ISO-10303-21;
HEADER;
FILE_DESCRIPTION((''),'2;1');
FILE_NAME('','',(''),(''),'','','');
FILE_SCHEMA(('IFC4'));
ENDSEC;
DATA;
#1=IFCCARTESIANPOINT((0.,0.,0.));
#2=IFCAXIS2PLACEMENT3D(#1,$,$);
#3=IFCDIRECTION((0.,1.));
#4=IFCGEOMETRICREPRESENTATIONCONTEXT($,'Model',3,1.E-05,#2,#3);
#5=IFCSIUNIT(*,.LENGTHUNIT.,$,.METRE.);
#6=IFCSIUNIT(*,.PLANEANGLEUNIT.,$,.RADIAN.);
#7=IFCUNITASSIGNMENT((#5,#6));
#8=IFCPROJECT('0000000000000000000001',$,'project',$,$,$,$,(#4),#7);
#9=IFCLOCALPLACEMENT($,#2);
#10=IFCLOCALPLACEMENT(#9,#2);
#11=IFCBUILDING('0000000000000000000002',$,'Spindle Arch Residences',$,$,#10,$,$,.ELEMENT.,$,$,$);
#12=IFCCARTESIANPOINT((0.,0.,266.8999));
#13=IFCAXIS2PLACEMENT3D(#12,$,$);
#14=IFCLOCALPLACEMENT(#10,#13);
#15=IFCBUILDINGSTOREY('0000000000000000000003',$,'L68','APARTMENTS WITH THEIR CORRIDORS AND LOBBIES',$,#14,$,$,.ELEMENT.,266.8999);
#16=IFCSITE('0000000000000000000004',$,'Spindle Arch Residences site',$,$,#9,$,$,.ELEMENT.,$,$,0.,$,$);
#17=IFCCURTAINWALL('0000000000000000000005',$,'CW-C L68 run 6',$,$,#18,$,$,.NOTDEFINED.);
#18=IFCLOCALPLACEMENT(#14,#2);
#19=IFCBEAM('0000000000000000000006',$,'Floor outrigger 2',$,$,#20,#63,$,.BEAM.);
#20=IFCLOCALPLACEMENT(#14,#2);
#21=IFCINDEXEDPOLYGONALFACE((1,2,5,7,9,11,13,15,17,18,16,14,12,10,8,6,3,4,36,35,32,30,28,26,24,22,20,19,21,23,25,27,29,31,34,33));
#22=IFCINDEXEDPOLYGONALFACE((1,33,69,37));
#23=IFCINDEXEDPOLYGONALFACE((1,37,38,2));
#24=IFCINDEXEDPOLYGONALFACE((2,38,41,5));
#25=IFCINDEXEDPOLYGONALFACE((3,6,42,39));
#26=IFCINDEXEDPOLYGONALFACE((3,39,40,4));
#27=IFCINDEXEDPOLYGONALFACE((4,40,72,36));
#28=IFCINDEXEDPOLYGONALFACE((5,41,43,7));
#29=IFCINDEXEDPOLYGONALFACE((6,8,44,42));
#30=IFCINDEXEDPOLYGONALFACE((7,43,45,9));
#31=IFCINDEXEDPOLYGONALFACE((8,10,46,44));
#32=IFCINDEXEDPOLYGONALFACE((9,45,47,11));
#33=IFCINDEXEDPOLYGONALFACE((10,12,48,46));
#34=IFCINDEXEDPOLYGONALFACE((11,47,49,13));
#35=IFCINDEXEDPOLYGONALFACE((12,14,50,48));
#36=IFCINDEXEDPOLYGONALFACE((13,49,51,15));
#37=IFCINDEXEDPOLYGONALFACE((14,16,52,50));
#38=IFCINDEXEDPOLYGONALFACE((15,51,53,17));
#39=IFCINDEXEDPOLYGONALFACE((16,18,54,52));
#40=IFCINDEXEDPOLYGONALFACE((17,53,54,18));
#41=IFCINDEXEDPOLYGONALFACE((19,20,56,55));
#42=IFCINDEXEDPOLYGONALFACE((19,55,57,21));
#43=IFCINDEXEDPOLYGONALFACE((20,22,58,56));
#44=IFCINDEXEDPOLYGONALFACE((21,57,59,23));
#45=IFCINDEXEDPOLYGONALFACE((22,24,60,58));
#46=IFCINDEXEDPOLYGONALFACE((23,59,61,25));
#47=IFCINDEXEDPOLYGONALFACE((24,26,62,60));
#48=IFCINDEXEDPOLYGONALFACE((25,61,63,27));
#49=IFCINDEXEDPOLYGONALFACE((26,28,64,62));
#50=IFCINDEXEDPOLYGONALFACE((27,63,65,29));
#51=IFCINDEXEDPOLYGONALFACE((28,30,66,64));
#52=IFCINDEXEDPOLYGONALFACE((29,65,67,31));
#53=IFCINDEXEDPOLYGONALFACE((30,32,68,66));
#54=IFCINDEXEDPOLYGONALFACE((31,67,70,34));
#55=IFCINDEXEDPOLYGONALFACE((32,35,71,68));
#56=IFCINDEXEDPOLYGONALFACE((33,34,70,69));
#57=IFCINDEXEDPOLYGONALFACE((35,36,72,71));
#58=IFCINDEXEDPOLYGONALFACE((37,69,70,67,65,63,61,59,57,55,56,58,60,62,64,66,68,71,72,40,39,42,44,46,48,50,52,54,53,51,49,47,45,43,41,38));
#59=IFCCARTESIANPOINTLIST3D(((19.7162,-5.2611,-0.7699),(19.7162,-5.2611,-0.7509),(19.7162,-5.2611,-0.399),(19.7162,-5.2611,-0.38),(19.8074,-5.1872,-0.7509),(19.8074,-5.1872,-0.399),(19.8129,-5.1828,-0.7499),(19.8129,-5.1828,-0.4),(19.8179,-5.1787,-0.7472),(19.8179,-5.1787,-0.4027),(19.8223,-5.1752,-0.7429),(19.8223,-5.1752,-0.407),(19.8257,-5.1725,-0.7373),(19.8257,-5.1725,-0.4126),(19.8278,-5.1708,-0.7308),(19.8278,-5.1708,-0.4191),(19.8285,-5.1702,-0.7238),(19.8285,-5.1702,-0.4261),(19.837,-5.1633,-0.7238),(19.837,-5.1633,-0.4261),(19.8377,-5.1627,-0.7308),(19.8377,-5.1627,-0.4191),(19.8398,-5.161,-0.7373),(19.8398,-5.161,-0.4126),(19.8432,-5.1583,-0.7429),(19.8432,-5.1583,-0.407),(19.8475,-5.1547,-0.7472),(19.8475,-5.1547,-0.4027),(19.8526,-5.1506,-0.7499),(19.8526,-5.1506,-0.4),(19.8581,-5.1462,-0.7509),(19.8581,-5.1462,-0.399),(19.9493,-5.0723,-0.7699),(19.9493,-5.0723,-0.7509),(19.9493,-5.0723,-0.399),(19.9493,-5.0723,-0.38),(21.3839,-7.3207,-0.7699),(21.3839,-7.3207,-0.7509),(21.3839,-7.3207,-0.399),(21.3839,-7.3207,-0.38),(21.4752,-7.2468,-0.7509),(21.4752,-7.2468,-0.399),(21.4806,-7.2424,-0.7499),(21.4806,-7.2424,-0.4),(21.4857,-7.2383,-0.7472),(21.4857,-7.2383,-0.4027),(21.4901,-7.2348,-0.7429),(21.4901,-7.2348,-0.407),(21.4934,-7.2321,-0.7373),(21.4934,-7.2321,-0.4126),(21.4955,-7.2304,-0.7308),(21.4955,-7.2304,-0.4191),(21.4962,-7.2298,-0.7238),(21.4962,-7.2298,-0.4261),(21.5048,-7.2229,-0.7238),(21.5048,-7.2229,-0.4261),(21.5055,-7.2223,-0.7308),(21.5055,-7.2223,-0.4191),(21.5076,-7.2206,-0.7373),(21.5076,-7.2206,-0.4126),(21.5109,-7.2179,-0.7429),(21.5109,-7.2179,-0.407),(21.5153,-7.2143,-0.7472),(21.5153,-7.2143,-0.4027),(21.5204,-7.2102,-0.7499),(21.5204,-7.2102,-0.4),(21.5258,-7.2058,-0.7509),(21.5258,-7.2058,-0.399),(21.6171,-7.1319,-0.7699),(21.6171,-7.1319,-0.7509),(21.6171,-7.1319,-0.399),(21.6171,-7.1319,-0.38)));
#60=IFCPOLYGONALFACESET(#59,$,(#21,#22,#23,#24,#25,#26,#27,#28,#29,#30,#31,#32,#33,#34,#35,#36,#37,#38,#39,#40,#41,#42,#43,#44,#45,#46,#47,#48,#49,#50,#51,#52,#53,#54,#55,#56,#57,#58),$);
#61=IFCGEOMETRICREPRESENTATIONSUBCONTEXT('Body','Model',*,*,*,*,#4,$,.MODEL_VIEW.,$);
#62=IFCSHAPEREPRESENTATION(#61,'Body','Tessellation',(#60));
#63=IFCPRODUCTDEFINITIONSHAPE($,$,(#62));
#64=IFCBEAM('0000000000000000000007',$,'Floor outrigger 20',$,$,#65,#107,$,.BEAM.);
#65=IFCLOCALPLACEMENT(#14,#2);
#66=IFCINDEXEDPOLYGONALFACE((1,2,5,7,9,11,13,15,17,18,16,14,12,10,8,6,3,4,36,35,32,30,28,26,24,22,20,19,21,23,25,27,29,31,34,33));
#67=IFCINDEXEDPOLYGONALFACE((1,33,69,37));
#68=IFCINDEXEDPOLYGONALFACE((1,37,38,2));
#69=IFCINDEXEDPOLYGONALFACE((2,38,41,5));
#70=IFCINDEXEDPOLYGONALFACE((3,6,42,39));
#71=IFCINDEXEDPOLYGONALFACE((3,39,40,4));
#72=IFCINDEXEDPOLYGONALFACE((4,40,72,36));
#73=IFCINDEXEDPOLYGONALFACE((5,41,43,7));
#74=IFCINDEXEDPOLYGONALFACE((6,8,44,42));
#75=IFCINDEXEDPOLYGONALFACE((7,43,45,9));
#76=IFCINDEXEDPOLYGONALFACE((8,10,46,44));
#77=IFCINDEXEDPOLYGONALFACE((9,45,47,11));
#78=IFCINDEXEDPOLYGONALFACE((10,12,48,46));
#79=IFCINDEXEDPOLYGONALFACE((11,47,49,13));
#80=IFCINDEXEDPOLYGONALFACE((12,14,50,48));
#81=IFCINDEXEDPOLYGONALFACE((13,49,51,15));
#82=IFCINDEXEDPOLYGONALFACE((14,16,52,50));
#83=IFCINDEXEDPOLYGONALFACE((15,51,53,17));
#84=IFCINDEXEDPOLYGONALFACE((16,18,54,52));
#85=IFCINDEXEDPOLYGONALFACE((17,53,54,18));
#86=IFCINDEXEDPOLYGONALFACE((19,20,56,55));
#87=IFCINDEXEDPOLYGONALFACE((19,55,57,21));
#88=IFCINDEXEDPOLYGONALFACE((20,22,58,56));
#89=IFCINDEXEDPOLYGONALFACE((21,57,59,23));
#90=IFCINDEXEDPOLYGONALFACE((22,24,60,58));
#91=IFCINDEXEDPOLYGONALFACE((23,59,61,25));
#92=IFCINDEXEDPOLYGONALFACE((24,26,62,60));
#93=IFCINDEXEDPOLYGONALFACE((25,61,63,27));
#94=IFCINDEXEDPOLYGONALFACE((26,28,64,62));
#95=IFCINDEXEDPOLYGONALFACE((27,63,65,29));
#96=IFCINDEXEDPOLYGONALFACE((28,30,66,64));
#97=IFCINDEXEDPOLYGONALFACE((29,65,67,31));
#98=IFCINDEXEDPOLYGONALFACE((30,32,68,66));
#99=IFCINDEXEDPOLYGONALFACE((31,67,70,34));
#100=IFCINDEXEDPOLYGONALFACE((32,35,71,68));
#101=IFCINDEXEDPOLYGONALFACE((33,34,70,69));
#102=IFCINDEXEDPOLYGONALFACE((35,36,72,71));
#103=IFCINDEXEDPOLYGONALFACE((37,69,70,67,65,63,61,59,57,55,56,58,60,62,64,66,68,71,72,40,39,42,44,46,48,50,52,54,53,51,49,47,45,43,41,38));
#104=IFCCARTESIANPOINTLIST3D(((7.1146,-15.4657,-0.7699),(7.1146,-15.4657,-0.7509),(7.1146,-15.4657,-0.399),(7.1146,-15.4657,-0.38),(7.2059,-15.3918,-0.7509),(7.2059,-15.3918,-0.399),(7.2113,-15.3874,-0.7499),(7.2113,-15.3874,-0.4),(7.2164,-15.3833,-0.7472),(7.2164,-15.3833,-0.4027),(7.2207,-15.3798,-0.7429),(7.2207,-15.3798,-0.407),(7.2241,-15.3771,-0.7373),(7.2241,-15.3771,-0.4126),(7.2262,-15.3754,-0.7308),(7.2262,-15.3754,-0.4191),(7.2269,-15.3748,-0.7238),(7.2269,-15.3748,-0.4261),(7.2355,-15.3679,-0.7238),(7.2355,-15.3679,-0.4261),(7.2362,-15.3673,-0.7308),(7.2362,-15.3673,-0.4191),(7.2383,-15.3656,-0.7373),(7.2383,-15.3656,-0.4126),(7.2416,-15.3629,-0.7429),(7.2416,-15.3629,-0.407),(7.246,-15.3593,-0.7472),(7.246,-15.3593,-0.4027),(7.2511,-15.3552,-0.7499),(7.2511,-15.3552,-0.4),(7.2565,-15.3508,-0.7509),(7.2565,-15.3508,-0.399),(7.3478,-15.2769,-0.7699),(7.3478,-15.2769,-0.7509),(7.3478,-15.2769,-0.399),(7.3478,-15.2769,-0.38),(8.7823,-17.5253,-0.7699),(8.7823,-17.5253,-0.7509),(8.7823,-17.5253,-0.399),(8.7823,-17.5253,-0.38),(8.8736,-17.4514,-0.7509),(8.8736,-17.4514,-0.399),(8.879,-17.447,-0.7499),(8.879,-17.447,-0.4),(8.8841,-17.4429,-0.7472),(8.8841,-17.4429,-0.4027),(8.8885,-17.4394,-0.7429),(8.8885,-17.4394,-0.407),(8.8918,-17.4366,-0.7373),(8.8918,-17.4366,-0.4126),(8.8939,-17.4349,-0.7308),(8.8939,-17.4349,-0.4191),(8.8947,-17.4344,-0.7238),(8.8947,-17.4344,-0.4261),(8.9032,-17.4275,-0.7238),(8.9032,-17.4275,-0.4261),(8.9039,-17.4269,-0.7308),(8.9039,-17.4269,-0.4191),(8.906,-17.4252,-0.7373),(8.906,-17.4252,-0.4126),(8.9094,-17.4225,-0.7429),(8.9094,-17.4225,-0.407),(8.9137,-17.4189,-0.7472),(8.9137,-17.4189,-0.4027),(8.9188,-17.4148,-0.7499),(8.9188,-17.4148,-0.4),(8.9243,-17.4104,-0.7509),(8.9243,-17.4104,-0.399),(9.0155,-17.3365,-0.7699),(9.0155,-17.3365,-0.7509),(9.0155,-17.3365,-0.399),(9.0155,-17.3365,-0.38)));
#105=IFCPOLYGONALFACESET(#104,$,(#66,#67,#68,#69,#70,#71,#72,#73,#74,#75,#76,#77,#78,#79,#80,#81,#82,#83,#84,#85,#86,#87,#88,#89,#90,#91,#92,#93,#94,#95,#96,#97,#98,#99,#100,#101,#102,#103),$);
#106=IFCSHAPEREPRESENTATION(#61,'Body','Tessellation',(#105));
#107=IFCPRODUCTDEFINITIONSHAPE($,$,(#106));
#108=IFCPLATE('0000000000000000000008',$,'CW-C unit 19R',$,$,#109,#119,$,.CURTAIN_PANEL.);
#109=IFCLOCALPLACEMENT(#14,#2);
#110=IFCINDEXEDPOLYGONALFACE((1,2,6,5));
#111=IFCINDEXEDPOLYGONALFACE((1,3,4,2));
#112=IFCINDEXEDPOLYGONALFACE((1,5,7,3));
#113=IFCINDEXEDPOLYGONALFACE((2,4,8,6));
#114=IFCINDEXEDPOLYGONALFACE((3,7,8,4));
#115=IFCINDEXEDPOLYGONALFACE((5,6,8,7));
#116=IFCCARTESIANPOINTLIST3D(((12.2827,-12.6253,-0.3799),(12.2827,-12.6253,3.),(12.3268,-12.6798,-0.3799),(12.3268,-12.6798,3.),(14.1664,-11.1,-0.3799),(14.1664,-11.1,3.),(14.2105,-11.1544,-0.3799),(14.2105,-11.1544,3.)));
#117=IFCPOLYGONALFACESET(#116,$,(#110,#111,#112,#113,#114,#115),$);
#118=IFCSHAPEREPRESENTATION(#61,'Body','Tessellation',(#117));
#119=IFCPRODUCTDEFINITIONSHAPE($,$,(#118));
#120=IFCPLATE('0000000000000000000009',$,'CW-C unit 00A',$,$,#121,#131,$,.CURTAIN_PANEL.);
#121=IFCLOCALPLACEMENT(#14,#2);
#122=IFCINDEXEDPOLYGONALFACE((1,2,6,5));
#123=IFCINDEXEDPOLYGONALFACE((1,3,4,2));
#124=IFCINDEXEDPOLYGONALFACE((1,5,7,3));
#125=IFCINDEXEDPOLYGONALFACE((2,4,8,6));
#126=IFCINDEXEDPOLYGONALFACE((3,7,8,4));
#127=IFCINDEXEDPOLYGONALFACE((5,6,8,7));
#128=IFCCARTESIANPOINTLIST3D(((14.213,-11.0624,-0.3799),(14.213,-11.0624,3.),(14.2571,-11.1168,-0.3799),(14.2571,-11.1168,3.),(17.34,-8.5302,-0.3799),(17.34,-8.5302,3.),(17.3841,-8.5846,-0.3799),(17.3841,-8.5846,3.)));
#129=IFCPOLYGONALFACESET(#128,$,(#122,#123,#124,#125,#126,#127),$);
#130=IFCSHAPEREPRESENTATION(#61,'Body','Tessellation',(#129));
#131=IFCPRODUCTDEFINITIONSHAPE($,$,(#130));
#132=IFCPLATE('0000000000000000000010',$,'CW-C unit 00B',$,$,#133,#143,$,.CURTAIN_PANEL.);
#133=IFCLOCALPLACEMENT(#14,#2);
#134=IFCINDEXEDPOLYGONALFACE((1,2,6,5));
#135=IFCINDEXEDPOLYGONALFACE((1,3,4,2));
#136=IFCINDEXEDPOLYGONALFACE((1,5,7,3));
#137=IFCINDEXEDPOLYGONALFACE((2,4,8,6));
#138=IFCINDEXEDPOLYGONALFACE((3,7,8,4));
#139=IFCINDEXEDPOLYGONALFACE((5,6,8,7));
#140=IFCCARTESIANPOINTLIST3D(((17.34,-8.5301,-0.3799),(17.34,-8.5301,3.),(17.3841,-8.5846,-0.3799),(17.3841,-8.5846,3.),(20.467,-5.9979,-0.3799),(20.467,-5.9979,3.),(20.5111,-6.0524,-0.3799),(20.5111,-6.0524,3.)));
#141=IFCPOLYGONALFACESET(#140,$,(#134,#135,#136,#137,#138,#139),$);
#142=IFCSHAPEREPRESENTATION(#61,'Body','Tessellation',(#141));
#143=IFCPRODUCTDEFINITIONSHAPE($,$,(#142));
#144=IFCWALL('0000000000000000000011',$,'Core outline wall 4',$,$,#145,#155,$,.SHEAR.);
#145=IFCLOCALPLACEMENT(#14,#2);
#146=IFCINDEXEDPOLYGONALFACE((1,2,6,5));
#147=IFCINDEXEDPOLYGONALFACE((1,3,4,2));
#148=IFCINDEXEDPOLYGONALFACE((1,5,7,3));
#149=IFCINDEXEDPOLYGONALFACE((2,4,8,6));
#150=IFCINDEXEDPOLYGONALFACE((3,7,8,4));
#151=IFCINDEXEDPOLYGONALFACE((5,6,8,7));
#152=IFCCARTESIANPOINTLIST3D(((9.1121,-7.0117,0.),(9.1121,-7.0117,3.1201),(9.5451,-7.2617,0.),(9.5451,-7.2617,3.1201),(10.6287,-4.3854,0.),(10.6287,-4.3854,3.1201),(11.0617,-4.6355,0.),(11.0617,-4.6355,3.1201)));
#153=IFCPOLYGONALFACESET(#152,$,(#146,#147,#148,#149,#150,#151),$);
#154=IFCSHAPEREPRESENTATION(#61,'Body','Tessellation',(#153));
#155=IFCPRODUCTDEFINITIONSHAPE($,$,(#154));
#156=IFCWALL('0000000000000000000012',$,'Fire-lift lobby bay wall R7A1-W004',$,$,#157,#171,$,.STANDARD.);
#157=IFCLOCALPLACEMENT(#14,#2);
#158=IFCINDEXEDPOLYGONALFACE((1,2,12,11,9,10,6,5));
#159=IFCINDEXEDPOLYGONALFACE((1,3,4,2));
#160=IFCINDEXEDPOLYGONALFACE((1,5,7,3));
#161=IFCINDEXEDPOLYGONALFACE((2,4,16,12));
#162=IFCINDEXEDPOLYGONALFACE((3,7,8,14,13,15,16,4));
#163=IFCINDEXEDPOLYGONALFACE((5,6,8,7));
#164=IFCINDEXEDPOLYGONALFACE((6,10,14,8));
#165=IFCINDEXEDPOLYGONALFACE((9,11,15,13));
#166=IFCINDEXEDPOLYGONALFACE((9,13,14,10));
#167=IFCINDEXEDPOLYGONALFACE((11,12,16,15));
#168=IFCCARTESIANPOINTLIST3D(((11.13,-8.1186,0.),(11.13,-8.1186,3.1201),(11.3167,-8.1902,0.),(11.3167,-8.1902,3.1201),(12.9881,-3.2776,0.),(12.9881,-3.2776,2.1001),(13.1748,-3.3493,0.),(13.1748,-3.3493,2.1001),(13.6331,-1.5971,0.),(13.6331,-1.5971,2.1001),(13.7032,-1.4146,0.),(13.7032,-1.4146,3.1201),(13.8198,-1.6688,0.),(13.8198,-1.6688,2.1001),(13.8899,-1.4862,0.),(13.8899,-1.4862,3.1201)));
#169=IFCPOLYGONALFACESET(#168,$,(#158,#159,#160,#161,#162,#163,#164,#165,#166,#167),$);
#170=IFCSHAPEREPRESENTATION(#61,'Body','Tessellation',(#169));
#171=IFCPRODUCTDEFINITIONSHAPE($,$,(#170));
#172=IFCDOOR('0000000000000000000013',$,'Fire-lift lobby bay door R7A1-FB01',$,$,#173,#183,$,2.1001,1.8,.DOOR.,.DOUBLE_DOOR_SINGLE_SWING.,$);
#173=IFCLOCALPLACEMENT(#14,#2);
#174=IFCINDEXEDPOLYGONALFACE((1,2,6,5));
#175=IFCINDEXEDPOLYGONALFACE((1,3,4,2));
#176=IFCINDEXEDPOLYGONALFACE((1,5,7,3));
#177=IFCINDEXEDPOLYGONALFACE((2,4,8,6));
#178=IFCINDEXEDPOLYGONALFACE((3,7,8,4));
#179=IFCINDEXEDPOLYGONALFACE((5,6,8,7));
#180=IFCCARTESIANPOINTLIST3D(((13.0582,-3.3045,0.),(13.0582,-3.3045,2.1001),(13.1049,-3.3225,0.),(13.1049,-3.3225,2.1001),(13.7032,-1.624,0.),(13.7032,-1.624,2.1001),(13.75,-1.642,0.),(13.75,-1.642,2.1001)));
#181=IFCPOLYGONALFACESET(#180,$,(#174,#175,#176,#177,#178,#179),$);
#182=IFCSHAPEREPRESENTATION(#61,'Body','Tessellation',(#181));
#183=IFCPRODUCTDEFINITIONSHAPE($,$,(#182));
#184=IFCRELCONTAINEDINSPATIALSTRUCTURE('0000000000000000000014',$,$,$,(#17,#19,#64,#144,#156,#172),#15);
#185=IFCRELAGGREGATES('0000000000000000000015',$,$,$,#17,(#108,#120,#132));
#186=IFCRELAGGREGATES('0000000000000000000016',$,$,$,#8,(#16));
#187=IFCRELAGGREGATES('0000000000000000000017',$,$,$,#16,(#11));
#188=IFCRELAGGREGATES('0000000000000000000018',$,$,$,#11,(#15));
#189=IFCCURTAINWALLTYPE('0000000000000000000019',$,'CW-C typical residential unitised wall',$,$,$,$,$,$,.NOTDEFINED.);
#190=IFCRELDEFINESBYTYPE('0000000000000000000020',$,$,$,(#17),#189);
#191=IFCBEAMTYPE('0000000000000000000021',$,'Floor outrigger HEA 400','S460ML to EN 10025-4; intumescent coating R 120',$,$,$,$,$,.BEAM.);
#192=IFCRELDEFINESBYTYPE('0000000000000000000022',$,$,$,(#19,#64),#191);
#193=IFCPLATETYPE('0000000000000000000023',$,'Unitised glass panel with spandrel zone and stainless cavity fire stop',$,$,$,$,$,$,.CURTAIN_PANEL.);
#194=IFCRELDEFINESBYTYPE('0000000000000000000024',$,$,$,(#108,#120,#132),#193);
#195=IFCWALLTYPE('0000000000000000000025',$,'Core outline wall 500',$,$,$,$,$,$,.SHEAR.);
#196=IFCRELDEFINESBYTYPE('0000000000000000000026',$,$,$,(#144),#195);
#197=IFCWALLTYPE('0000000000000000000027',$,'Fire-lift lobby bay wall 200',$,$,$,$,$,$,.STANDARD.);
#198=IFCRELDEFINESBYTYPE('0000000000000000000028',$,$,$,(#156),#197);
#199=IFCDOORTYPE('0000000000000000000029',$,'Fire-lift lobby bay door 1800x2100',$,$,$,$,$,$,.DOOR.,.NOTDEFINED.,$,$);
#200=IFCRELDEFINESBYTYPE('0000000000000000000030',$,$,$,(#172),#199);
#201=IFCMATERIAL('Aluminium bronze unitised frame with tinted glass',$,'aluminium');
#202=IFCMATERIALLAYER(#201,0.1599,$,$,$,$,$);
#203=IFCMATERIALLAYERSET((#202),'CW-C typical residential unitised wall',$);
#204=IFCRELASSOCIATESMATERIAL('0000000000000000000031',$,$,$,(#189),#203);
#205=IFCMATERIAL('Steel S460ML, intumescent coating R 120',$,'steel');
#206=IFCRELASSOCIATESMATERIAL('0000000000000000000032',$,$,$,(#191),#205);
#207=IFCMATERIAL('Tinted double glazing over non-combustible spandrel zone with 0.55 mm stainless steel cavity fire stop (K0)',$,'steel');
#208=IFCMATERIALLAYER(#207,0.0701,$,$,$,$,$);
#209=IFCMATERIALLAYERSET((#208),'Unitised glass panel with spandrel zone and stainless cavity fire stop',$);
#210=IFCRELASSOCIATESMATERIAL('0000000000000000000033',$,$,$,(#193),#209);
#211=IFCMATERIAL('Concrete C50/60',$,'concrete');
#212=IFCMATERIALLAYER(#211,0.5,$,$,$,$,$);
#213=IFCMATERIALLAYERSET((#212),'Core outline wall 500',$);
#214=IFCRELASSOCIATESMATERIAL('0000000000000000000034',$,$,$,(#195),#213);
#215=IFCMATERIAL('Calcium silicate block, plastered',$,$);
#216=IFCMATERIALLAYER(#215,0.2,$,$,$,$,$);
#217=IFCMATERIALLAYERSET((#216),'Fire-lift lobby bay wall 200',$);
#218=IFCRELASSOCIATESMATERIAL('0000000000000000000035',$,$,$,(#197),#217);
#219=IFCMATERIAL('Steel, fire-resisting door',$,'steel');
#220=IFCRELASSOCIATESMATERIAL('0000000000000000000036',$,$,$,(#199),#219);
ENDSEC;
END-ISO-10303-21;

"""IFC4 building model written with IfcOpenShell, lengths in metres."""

from ifc_helpers import new_model, si_unit, direction, frame, frame_2d, origin, origin_2d, place, context, subcontext, project, spatial, rectangle, i_section, extrude, material, layer, layer_set, material_profile, profile_set, type_object, element, fill, aggregate, save


model = new_model("IFC4")

# Units and contexts
model_context = context("Model", 3, precision=1e-05, world=origin(), true_north=direction((0.0, 1.0)))
body_context = subcontext(model_context, "Body", "Model", "MODEL_VIEW")
ifc_project = project(units=[si_unit("LENGTHUNIT", "METRE"), si_unit("PLANEANGLEUNIT", "RADIAN")], contexts=[model_context])

# Site, building, storey
site_placement = place(None, origin())
site = spatial("IfcSite", under=ifc_project, at=site_placement, Name="Spindle Arch Residences site", CompositionType="ELEMENT", RefElevation=0.0)
building_placement = place(site_placement, origin())
building = spatial("IfcBuilding", under=site, at=building_placement, Name="Spindle Arch Residences", CompositionType="ELEMENT")
storey_placement = place(building_placement, frame((0.0, 0.0, 266.8999)))
storey = spatial("IfcBuildingStorey", under=building, at=storey_placement, Name="L68", Description="APARTMENTS WITH THEIR CORRIDORS AND LOBBIES", CompositionType="ELEMENT", Elevation=266.8999)

# Curtain wall
ifc_material_1 = material(Name="Aluminium bronze unitised frame with tinted glass", Category="aluminium")
ifc_layer_1 = layer(ifc_material_1, 0.1599)
ifc_layer_set_1 = layer_set([ifc_layer_1], Name="CW-C typical residential unitised wall")
curtain_wall_type_1 = type_object("IfcCurtainWallType", Name="CW-C typical residential unitised wall", PredefinedType="NOTDEFINED", material=ifc_layer_set_1)
curtain_wall_1_placement = place(storey_placement, origin())
curtain_wall_1 = element("IfcCurtainWall", 1, at=curtain_wall_1_placement, inside=storey, type_object=curtain_wall_type_1, Name="CW-C L68 run 6", PredefinedType="NOTDEFINED")

# Beams
ifc_material_2 = material(Name="Steel S460ML, intumescent coating R 120", Category="steel")
ifc_material_profile_1 = material_profile(ifc_material_2, i_section(OverallWidth=0.3, OverallDepth=0.3899, WebThickness=0.011, FlangeThickness=0.019, FilletRadius=0.0271, at=origin_2d()), Name="HEA 400")
ifc_profile_set_1 = profile_set([ifc_material_profile_1], Name="Steel S460ML, intumescent coating R 120")
beam_type_1 = type_object("IfcBeamType", Name="Floor outrigger HEA 400", Description="S460ML to EN 10025-4; intumescent coating R 120", PredefinedType="BEAM", material=ifc_profile_set_1)
for number, where, z_axis, x_axis, name in (
    (2, (21.5005, -7.2263, -0.575), (-0.629302, 0.777161, 0.0), (-0.777161, -0.629302, 0.0), "Floor outrigger 2"),
    (3, (8.8989, -17.4309, -0.575), (-0.629302, 0.777161, 0.0), (-0.777161, -0.629302, 0.0), "Floor outrigger 20"),
):
    element("IfcBeam", number, at=place(storey_placement, frame(where, z_axis=z_axis, x_axis=x_axis)), inside=storey, type_object=beam_type_1, Name=name, PredefinedType="BEAM", context=body_context, shape_type="SweptSolid", body=[
        extrude(i_section(OverallWidth=0.3, OverallDepth=0.3899, WebThickness=0.011, FlangeThickness=0.019, FilletRadius=0.0271, at=origin_2d()), origin(), (0.0, 0.0, 1.0), 2.6501),
    ])

# Plates
ifc_material_3 = material(Name="Tinted double glazing over non-combustible spandrel zone with 0.55 mm stainless steel cavity fire stop (K0)", Category="steel")
ifc_layer_2 = layer(ifc_material_3, 0.0701)
ifc_layer_set_2 = layer_set([ifc_layer_2], Name="Unitised glass panel with spandrel zone and stainless cavity fire stop")
plate_type = type_object("IfcPlateType", Name="Unitised glass panel with spandrel zone and stainless cavity fire stop", PredefinedType="CURTAIN_PANEL", material=ifc_layer_set_2)
plate_1_placement = place(storey_placement, frame((13.2466, -11.8899, -0.3799), z_axis=(0.0, 0.0, 1.0), x_axis=(0.777146, 0.62932, 0.0)))
plate_1 = element("IfcPlate", 4, at=plate_1_placement, type_object=plate_type, Name="CW-C unit 19R", PredefinedType="CURTAIN_PANEL", context=body_context, shape_type="SweptSolid", body=[
    extrude(rectangle(XDim=2.4238, YDim=0.0701, at=origin_2d()), origin(), (0.0, 0.0, 1.0), 3.3799),
])
plate_2_placement = place(storey_placement, frame((15.7986, -9.8235, -0.3799), z_axis=(0.0, 0.0, 1.0), x_axis=(0.777146, 0.62932, 0.0)))
plate_2 = element("IfcPlate", 5, at=plate_2_placement, type_object=plate_type, Name="CW-C unit 00A", PredefinedType="CURTAIN_PANEL", context=body_context, shape_type="SweptSolid", body=[
    extrude(rectangle(XDim=4.0237, YDim=0.0701, at=origin_2d()), origin(), (0.0, 0.0, 1.0), 3.3799),
])
plate_3_placement = place(storey_placement, frame((18.9255, -7.2913, -0.3799), z_axis=(0.0, 0.0, 1.0), x_axis=(0.777146, 0.62932, 0.0)))
plate_3 = element("IfcPlate", 6, at=plate_3_placement, type_object=plate_type, Name="CW-C unit 00B", PredefinedType="CURTAIN_PANEL", context=body_context, shape_type="SweptSolid", body=[
    extrude(rectangle(XDim=4.0237, YDim=0.0701, at=origin_2d()), origin(), (0.0, 0.0, 1.0), 3.3799),
])
aggregate(curtain_wall_1, [plate_1, plate_2, plate_3])

# Wall
ifc_material_4 = material(Name="Concrete C50/60", Category="concrete")
ifc_layer_3 = layer(ifc_material_4, 0.5)
ifc_layer_set_3 = layer_set([ifc_layer_3], Name="Core outline wall 500")
wall_type_1 = type_object("IfcWallType", Name="Core outline wall 500", PredefinedType="SHEAR", material=ifc_layer_set_3)
wall_1_placement = place(storey_placement, frame((9.3286, -7.1367, 0.0), z_axis=(0.0, 0.0, 1.0), x_axis=(0.500087, 0.865975, 0.0)))
element("IfcWall", 7, at=wall_1_placement, inside=storey, type_object=wall_type_1, Name="Core outline wall 4", PredefinedType="SHEAR", context=body_context, shape_type="SweptSolid", body=[
    extrude(rectangle(XDim=3.0327, YDim=0.5, at=frame_2d((1.5164, 0.0))), origin(), (0.0, 0.0, 1.0), 3.1201),
])

# Wall, opening, door
ifc_material_5 = material(Name="Calcium silicate block, plastered")
ifc_layer_4 = layer(ifc_material_5, 0.2)
ifc_layer_set_4 = layer_set([ifc_layer_4], Name="Fire-lift lobby bay wall 200")
wall_type_2 = type_object("IfcWallType", Name="Fire-lift lobby bay wall 200", PredefinedType="STANDARD", material=ifc_layer_set_4)
wall_2_placement = place(storey_placement, frame((11.2234, -8.1543, 0.0), z_axis=(0.0, 0.0, 1.0), x_axis=(0.358341, 0.933591, 0.0)))
wall_2 = element("IfcWall", 8, at=wall_2_placement, inside=storey, type_object=wall_type_2, Name="Fire-lift lobby bay wall R7A1-W004", PredefinedType="STANDARD", context=body_context, shape_type="SweptSolid", body=[
    extrude(rectangle(XDim=7.1809, YDim=0.2, at=frame_2d((3.5903, 0.0))), origin(), (0.0, 0.0, 1.0), 3.1201),
])
opening_1_placement = place(wall_2_placement, frame((5.1853, 0.0, 0.0)))
opening_1 = element("IfcOpeningElement", 9, at=opening_1_placement, cuts=wall_2, PredefinedType="OPENING", context=body_context, shape_type="SweptSolid", body=[
    extrude(rectangle(XDim=1.8, YDim=2.1001, at=frame_2d((0.8999, 1.05))), frame((0.0, 0.1099, 0.0), z_axis=(0.0, -1.0, 0.0), x_axis=(1.0, 0.0, 0.0)), (0.0, 0.0, 1.0), 0.22),
])
ifc_material_6 = material(Name="Steel, fire-resisting door", Category="steel")
door_type_1 = type_object("IfcDoorType", Name="Fire-lift lobby bay door 1800x2100", OperationType="NOTDEFINED", PredefinedType="DOOR", material=ifc_material_6)
door_1_placement = place(opening_1_placement, origin())
door_1 = element("IfcDoor", 10, at=door_1_placement, inside=storey, type_object=door_type_1, Name="Fire-lift lobby bay door R7A1-FB01", OperationType="DOUBLE_DOOR_SINGLE_SWING", OverallHeight=2.1001, OverallWidth=1.8, PredefinedType="DOOR", context=body_context, shape_type="SweptSolid", body=[
    extrude(rectangle(XDim=1.8, YDim=2.1001, at=frame_2d((0.8999, 1.05))), frame((0.0, 0.0249, 0.0), z_axis=(0.0, -1.0, 0.0), x_axis=(1.0, 0.0, 0.0)), (0.0, 0.0, 1.0), 0.05),
])
fill(opening_1, door_1)

save(model, "model.ifc")
